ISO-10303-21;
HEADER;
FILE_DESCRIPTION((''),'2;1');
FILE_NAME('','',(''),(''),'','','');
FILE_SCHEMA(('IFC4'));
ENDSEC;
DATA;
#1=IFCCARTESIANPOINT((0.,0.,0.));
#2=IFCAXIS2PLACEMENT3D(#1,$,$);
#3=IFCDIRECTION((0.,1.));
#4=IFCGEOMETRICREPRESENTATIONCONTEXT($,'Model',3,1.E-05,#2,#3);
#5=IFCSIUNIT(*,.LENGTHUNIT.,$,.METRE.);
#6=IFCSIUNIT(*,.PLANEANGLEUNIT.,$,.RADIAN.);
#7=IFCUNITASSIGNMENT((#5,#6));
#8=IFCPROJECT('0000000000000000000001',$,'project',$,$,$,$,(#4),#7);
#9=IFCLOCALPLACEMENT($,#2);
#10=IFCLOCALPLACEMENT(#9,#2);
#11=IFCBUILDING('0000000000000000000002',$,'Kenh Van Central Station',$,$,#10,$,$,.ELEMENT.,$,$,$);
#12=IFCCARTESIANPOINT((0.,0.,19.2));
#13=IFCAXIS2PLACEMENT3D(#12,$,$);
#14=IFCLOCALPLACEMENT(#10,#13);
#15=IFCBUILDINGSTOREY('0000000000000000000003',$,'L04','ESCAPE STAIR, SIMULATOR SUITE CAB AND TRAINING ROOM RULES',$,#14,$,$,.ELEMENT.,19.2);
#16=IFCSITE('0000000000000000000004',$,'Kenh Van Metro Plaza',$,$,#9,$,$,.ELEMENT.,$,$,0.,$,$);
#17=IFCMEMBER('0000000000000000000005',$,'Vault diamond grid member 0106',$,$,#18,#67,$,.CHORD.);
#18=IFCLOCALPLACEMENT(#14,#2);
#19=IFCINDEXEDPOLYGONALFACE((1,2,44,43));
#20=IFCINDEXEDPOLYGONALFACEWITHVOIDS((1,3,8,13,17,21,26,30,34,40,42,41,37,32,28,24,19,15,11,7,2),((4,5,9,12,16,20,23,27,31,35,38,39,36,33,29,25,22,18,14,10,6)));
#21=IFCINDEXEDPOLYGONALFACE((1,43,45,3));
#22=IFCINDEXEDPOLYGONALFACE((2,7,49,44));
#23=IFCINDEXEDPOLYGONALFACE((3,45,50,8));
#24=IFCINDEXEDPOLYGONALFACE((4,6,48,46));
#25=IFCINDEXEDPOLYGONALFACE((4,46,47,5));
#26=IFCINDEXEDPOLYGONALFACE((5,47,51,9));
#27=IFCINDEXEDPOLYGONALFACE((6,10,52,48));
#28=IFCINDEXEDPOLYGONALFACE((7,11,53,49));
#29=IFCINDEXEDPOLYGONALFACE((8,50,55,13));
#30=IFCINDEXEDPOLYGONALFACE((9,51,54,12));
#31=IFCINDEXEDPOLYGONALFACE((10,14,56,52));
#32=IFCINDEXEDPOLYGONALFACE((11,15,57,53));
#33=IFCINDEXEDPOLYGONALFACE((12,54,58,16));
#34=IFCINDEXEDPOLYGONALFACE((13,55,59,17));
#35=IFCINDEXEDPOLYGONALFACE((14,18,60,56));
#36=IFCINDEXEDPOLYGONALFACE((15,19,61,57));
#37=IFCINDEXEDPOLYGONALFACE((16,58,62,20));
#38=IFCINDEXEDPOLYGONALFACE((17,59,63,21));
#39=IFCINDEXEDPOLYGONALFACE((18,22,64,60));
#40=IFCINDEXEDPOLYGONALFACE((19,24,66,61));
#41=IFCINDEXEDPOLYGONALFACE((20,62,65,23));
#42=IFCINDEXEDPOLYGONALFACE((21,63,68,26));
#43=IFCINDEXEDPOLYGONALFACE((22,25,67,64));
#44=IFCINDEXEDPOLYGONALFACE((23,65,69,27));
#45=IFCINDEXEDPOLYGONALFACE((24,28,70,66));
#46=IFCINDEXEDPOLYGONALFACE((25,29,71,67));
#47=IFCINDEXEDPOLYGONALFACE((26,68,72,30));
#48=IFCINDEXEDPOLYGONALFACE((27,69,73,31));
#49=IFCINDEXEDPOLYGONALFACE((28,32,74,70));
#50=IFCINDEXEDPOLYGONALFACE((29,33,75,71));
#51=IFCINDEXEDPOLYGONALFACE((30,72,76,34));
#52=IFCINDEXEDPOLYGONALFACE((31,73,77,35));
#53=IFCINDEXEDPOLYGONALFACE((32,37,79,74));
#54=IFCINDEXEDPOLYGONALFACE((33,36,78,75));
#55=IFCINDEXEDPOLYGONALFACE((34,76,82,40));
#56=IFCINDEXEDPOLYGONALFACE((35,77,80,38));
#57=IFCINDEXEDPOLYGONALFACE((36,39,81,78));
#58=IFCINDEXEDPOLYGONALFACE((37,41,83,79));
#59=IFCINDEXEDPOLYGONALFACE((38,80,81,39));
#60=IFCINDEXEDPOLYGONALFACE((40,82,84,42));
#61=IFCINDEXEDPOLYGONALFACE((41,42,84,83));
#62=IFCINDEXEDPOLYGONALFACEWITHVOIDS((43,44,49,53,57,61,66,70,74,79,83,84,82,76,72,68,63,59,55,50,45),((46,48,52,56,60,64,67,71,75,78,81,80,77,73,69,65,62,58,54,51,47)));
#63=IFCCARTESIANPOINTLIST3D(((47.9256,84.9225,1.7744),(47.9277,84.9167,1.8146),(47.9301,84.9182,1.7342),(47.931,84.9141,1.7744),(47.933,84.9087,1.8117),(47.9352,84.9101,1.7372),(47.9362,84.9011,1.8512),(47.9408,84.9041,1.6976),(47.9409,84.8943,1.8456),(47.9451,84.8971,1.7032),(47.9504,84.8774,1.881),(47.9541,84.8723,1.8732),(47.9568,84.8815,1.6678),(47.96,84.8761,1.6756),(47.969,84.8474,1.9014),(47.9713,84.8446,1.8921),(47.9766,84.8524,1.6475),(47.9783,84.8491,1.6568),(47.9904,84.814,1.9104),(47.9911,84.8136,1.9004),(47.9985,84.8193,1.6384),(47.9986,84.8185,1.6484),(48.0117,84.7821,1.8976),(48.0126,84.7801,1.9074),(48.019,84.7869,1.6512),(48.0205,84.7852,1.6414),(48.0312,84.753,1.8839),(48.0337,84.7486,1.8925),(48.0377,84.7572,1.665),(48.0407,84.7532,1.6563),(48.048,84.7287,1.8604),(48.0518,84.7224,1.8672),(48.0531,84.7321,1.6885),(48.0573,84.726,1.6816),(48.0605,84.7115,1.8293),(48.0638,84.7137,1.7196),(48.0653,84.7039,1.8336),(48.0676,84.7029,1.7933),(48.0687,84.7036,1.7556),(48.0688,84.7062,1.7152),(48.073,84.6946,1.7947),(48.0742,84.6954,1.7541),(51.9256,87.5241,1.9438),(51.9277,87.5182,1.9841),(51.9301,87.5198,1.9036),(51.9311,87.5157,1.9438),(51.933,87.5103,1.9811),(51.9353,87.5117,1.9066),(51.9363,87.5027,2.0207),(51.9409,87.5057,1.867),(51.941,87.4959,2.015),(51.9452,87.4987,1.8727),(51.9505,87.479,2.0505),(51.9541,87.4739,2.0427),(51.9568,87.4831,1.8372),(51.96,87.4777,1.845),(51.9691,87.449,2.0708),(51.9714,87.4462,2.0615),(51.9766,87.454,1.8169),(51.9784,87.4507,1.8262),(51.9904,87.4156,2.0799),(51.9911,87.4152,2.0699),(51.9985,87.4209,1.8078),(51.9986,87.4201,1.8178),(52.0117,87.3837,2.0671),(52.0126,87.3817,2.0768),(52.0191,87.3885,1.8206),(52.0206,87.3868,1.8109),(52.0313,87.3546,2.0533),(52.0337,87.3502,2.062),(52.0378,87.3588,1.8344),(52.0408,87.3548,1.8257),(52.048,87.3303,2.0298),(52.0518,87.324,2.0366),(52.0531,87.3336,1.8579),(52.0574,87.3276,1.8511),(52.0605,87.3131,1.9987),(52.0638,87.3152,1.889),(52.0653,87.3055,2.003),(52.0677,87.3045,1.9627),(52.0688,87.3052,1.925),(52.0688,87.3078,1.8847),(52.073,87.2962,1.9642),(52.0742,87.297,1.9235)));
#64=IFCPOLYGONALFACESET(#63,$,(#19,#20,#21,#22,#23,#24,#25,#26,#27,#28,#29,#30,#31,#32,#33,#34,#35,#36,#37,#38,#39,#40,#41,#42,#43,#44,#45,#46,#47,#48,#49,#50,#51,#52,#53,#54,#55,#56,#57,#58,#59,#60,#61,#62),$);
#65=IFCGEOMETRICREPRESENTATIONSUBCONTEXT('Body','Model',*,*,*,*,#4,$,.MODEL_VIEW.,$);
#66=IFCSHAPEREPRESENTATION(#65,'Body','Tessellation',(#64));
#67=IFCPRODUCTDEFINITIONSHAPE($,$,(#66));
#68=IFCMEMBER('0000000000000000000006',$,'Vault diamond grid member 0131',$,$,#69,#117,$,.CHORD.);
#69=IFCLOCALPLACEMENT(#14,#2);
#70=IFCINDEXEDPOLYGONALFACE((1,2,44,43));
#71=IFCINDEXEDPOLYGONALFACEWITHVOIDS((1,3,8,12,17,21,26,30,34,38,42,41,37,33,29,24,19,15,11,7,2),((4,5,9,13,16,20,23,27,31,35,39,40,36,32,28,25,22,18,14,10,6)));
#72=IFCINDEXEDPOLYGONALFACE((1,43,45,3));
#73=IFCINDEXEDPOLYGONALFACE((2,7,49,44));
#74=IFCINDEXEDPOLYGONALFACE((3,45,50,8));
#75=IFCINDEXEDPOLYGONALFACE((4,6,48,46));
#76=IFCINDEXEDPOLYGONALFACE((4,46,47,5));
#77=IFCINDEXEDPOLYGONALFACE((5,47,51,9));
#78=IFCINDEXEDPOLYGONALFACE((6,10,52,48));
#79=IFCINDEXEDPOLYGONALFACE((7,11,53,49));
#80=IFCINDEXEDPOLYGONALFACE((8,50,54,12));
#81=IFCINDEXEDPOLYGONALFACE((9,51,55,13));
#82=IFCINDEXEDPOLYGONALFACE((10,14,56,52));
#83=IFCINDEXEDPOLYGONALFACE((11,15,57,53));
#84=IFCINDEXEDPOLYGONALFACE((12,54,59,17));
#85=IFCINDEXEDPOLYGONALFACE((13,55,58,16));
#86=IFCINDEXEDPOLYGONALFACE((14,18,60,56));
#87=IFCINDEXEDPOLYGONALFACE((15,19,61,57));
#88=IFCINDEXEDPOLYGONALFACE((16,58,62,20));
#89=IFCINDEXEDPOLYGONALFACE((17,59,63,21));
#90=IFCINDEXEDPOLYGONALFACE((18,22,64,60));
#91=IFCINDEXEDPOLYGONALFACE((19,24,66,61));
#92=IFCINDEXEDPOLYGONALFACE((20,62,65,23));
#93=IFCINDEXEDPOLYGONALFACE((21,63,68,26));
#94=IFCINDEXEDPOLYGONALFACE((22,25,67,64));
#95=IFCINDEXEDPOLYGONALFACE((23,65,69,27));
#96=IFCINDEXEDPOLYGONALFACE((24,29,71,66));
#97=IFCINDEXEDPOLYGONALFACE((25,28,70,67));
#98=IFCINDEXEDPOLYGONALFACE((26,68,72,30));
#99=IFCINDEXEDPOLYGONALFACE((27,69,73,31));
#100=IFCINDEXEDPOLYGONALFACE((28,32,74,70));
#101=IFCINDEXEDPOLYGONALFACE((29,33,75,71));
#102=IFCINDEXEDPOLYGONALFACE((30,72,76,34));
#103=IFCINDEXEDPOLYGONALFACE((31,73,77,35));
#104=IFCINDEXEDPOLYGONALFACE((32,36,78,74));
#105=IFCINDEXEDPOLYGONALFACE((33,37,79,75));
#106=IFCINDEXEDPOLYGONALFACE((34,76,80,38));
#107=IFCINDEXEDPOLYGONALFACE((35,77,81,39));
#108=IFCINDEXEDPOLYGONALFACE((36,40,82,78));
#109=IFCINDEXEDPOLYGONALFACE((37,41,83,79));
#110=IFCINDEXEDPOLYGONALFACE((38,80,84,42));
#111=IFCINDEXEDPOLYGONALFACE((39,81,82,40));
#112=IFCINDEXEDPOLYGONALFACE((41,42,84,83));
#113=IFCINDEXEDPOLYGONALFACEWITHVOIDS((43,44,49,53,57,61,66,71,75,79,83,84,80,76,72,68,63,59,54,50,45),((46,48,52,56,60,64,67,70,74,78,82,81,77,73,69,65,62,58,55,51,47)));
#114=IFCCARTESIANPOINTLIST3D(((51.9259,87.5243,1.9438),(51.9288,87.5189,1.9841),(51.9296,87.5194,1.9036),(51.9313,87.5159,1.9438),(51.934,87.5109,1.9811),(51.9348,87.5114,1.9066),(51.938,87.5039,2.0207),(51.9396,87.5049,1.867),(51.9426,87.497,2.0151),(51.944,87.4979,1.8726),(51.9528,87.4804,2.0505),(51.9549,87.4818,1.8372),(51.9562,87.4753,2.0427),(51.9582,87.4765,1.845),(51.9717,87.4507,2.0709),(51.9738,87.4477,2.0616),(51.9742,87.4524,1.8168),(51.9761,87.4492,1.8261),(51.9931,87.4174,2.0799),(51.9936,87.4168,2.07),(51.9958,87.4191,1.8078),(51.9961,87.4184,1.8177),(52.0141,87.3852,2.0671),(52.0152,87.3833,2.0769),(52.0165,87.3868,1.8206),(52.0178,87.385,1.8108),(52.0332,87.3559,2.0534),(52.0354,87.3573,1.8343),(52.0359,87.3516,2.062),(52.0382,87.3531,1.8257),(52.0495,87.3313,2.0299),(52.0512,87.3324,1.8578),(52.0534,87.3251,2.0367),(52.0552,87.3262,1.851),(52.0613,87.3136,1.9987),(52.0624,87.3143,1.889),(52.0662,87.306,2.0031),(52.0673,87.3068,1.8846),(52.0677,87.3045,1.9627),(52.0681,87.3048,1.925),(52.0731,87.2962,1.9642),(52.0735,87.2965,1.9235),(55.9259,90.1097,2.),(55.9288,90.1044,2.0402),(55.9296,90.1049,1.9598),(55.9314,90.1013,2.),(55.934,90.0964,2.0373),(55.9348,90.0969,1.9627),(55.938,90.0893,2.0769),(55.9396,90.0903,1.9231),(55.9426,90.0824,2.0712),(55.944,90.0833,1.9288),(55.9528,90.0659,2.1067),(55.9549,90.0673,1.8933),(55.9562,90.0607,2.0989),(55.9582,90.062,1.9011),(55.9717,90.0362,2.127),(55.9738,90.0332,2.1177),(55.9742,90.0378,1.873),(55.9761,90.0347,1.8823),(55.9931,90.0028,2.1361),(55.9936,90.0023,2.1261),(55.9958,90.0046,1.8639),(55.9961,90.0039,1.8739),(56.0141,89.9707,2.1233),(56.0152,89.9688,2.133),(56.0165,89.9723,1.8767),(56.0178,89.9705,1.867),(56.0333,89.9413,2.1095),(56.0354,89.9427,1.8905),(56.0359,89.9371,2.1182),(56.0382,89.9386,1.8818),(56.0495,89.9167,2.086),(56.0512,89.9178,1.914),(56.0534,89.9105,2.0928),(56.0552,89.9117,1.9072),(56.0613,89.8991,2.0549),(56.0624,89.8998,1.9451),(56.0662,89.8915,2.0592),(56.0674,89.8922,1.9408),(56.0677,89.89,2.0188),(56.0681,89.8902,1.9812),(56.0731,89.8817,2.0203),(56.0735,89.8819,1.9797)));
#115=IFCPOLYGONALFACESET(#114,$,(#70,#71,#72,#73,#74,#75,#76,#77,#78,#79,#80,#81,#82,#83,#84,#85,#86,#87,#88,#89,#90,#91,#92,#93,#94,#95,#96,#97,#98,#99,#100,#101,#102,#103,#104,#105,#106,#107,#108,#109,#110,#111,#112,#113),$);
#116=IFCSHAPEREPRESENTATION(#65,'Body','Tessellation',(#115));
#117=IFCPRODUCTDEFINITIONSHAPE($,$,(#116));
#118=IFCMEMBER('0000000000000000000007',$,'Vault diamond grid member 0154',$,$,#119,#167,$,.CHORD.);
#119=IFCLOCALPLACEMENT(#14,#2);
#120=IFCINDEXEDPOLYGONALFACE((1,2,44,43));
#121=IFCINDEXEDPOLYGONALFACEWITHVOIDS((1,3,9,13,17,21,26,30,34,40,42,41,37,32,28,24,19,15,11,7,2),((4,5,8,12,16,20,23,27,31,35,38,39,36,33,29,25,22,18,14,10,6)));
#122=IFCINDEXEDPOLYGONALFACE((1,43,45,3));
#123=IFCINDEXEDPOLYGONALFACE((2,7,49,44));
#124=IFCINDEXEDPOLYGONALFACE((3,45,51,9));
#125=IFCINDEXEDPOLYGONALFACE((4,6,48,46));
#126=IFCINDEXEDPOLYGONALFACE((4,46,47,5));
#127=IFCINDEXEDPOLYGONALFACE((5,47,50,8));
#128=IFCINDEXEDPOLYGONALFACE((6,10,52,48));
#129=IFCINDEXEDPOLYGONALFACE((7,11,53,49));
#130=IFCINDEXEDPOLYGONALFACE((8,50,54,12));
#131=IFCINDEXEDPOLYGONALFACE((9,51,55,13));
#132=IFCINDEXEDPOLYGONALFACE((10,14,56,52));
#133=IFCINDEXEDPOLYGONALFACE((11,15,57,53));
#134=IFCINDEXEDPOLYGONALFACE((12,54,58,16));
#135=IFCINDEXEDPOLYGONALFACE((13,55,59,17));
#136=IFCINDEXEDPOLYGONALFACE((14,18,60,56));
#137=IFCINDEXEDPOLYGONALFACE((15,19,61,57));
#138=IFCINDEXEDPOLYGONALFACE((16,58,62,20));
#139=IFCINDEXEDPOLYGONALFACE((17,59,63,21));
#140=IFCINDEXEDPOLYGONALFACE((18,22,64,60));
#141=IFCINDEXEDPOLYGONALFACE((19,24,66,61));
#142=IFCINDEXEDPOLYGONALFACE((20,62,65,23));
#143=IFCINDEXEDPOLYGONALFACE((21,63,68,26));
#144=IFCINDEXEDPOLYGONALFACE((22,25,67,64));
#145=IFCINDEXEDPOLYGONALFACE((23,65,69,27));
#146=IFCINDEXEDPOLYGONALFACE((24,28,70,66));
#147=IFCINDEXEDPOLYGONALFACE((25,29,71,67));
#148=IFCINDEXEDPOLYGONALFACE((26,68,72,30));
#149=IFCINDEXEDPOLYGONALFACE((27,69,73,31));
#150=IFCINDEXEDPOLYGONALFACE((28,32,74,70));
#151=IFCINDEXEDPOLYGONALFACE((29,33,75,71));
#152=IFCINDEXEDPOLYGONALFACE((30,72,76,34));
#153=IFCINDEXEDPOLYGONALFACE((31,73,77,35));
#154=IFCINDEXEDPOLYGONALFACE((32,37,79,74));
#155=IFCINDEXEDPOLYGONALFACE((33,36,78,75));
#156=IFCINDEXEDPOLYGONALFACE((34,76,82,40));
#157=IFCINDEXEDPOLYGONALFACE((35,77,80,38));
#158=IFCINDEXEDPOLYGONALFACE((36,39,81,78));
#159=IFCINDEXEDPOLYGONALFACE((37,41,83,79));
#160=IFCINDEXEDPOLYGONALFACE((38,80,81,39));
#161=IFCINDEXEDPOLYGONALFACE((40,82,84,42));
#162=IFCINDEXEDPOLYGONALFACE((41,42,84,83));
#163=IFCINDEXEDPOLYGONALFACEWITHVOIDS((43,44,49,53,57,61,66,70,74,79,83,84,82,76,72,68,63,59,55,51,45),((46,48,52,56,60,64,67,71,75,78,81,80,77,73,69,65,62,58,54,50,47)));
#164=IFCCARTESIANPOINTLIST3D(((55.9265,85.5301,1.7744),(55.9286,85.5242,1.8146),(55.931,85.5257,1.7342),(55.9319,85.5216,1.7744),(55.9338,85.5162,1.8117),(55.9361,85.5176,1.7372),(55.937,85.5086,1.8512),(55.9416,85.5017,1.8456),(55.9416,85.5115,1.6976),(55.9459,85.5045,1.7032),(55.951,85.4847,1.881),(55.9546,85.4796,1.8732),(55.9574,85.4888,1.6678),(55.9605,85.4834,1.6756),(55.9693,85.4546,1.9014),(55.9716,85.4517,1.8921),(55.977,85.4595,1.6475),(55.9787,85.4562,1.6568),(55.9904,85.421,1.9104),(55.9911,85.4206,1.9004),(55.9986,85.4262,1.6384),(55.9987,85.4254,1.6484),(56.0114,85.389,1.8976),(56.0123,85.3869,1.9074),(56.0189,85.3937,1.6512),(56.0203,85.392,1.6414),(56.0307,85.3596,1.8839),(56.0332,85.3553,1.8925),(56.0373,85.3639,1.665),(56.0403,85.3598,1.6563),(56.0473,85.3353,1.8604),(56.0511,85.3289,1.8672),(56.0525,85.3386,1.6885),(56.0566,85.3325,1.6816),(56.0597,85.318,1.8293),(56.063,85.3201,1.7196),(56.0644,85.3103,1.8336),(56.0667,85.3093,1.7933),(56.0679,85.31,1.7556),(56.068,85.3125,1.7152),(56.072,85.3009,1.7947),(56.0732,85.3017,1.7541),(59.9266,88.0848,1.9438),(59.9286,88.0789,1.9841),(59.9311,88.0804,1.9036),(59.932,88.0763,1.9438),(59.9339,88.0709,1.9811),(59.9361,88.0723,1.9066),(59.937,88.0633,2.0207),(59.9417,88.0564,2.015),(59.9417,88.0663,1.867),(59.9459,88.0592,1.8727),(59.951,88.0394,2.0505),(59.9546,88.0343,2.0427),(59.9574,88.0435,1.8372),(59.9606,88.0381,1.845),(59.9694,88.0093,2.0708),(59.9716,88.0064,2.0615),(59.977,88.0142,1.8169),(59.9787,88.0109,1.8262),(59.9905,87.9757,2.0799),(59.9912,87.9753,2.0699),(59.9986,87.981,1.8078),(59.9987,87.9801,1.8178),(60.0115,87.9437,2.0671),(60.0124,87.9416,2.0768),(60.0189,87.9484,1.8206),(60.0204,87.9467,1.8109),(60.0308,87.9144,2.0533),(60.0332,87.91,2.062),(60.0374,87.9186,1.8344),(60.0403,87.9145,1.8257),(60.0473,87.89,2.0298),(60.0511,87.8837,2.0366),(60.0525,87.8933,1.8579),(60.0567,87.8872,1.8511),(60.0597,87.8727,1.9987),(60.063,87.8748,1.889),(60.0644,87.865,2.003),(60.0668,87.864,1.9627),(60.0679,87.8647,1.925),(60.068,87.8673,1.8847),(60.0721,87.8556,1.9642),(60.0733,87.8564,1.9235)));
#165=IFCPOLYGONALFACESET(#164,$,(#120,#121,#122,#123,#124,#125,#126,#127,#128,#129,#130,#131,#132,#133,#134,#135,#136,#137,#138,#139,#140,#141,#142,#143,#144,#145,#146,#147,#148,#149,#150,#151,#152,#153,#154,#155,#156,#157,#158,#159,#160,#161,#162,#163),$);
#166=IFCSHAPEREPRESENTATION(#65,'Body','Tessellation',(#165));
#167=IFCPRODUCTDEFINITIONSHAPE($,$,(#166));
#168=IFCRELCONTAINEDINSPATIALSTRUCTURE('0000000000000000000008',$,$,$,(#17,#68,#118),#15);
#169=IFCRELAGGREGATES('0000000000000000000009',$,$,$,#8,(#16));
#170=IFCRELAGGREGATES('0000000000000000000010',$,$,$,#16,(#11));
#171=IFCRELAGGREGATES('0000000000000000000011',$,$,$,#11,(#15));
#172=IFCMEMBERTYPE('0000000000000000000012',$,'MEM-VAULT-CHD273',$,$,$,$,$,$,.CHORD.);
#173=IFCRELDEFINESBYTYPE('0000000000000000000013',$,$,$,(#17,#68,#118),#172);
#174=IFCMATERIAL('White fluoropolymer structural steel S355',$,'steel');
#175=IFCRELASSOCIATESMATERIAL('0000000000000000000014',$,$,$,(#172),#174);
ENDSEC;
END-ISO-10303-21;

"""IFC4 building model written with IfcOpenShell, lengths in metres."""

from ifc_helpers import new_model, si_unit, direction, frame, origin, origin_2d, place, context, subcontext, project, spatial, hollow_circle, extrude, material, material_profile, profile_set, type_object, element, save


model = new_model("IFC4")

# Units and contexts
model_context = context("Model", 3, precision=1e-05, world=origin(), true_north=direction((0.0, 1.0)))
body_context = subcontext(model_context, "Body", "Model", "MODEL_VIEW")
ifc_project = project(units=[si_unit("LENGTHUNIT", "METRE"), si_unit("PLANEANGLEUNIT", "RADIAN")], contexts=[model_context])

# Site, building, storey
site_placement = place(None, origin())
site = spatial("IfcSite", under=ifc_project, at=site_placement, Name="Kenh Van Metro Plaza", CompositionType="ELEMENT", RefElevation=0.0)
building_placement = place(site_placement, origin())
building = spatial("IfcBuilding", under=site, at=building_placement, Name="Kenh Van Central Station", CompositionType="ELEMENT")
storey_placement = place(building_placement, frame((0.0, 0.0, 19.2)))
storey = spatial("IfcBuildingStorey", under=building, at=storey_placement, Name="L04", Description="ESCAPE STAIR, SIMULATOR SUITE CAB AND TRAINING ROOM RULES", CompositionType="ELEMENT", Elevation=19.2)

# Shared definitions
ifc_material_1 = material(Name="White fluoropolymer structural steel S355", Category="steel")

# Members
ifc_material_profile_1 = material_profile(ifc_material_1, hollow_circle(Radius=0.1365, WallThickness=0.01, at=origin_2d()), Name="CHS 273x10")
ifc_profile_set_1 = profile_set([ifc_material_profile_1], Name="White fluoropolymer structural steel S355")
member_type_1 = type_object("IfcMemberType", Name="MEM-VAULT-CHD273", PredefinedType="CHORD", material=ifc_profile_set_1)
member_1_placement = place(storey_placement, frame((48.0, 84.8081, 1.7744), z_axis=(0.837766, 0.544875, 0.035486), x_axis=(-0.545219, 0.838294, 0.0)))
element("IfcMember", 1, at=member_1_placement, inside=storey, type_object=member_type_1, Name="Vault diamond grid member 0106", PredefinedType="CHORD", context=body_context, shape_type="SweptSolid", body=[
    extrude(hollow_circle(Radius=0.1365, WallThickness=0.01, at=origin_2d()), origin(), (0.0, 0.0, 1.0), 4.7747),
])
member_2_placement = place(storey_placement, frame((52.0, 87.4097, 1.9438), z_axis=(0.839778, 0.542801, 0.011789), x_axis=(-0.542839, 0.839837, 0.0)))
element("IfcMember", 2, at=member_2_placement, inside=storey, type_object=member_type_1, Name="Vault diamond grid member 0131", PredefinedType="CHORD", context=body_context, shape_type="SweptSolid", body=[
    extrude(hollow_circle(Radius=0.1365, WallThickness=0.01, at=origin_2d()), origin(), (0.0, 0.0, 1.0), 4.7632),
])
member_3_placement = place(storey_placement, frame((56.0, 85.415, 1.7744), z_axis=(0.842243, 0.537917, 0.035676), x_axis=(-0.538259, 0.842779, 0.0)))
element("IfcMember", 3, at=member_3_placement, inside=storey, type_object=member_type_1, Name="Vault diamond grid member 0154", PredefinedType="CHORD", context=body_context, shape_type="SweptSolid", body=[
    extrude(hollow_circle(Radius=0.1365, WallThickness=0.01, at=origin_2d()), origin(), (0.0, 0.0, 1.0), 4.7493),
])

save(model, "model.ifc")
